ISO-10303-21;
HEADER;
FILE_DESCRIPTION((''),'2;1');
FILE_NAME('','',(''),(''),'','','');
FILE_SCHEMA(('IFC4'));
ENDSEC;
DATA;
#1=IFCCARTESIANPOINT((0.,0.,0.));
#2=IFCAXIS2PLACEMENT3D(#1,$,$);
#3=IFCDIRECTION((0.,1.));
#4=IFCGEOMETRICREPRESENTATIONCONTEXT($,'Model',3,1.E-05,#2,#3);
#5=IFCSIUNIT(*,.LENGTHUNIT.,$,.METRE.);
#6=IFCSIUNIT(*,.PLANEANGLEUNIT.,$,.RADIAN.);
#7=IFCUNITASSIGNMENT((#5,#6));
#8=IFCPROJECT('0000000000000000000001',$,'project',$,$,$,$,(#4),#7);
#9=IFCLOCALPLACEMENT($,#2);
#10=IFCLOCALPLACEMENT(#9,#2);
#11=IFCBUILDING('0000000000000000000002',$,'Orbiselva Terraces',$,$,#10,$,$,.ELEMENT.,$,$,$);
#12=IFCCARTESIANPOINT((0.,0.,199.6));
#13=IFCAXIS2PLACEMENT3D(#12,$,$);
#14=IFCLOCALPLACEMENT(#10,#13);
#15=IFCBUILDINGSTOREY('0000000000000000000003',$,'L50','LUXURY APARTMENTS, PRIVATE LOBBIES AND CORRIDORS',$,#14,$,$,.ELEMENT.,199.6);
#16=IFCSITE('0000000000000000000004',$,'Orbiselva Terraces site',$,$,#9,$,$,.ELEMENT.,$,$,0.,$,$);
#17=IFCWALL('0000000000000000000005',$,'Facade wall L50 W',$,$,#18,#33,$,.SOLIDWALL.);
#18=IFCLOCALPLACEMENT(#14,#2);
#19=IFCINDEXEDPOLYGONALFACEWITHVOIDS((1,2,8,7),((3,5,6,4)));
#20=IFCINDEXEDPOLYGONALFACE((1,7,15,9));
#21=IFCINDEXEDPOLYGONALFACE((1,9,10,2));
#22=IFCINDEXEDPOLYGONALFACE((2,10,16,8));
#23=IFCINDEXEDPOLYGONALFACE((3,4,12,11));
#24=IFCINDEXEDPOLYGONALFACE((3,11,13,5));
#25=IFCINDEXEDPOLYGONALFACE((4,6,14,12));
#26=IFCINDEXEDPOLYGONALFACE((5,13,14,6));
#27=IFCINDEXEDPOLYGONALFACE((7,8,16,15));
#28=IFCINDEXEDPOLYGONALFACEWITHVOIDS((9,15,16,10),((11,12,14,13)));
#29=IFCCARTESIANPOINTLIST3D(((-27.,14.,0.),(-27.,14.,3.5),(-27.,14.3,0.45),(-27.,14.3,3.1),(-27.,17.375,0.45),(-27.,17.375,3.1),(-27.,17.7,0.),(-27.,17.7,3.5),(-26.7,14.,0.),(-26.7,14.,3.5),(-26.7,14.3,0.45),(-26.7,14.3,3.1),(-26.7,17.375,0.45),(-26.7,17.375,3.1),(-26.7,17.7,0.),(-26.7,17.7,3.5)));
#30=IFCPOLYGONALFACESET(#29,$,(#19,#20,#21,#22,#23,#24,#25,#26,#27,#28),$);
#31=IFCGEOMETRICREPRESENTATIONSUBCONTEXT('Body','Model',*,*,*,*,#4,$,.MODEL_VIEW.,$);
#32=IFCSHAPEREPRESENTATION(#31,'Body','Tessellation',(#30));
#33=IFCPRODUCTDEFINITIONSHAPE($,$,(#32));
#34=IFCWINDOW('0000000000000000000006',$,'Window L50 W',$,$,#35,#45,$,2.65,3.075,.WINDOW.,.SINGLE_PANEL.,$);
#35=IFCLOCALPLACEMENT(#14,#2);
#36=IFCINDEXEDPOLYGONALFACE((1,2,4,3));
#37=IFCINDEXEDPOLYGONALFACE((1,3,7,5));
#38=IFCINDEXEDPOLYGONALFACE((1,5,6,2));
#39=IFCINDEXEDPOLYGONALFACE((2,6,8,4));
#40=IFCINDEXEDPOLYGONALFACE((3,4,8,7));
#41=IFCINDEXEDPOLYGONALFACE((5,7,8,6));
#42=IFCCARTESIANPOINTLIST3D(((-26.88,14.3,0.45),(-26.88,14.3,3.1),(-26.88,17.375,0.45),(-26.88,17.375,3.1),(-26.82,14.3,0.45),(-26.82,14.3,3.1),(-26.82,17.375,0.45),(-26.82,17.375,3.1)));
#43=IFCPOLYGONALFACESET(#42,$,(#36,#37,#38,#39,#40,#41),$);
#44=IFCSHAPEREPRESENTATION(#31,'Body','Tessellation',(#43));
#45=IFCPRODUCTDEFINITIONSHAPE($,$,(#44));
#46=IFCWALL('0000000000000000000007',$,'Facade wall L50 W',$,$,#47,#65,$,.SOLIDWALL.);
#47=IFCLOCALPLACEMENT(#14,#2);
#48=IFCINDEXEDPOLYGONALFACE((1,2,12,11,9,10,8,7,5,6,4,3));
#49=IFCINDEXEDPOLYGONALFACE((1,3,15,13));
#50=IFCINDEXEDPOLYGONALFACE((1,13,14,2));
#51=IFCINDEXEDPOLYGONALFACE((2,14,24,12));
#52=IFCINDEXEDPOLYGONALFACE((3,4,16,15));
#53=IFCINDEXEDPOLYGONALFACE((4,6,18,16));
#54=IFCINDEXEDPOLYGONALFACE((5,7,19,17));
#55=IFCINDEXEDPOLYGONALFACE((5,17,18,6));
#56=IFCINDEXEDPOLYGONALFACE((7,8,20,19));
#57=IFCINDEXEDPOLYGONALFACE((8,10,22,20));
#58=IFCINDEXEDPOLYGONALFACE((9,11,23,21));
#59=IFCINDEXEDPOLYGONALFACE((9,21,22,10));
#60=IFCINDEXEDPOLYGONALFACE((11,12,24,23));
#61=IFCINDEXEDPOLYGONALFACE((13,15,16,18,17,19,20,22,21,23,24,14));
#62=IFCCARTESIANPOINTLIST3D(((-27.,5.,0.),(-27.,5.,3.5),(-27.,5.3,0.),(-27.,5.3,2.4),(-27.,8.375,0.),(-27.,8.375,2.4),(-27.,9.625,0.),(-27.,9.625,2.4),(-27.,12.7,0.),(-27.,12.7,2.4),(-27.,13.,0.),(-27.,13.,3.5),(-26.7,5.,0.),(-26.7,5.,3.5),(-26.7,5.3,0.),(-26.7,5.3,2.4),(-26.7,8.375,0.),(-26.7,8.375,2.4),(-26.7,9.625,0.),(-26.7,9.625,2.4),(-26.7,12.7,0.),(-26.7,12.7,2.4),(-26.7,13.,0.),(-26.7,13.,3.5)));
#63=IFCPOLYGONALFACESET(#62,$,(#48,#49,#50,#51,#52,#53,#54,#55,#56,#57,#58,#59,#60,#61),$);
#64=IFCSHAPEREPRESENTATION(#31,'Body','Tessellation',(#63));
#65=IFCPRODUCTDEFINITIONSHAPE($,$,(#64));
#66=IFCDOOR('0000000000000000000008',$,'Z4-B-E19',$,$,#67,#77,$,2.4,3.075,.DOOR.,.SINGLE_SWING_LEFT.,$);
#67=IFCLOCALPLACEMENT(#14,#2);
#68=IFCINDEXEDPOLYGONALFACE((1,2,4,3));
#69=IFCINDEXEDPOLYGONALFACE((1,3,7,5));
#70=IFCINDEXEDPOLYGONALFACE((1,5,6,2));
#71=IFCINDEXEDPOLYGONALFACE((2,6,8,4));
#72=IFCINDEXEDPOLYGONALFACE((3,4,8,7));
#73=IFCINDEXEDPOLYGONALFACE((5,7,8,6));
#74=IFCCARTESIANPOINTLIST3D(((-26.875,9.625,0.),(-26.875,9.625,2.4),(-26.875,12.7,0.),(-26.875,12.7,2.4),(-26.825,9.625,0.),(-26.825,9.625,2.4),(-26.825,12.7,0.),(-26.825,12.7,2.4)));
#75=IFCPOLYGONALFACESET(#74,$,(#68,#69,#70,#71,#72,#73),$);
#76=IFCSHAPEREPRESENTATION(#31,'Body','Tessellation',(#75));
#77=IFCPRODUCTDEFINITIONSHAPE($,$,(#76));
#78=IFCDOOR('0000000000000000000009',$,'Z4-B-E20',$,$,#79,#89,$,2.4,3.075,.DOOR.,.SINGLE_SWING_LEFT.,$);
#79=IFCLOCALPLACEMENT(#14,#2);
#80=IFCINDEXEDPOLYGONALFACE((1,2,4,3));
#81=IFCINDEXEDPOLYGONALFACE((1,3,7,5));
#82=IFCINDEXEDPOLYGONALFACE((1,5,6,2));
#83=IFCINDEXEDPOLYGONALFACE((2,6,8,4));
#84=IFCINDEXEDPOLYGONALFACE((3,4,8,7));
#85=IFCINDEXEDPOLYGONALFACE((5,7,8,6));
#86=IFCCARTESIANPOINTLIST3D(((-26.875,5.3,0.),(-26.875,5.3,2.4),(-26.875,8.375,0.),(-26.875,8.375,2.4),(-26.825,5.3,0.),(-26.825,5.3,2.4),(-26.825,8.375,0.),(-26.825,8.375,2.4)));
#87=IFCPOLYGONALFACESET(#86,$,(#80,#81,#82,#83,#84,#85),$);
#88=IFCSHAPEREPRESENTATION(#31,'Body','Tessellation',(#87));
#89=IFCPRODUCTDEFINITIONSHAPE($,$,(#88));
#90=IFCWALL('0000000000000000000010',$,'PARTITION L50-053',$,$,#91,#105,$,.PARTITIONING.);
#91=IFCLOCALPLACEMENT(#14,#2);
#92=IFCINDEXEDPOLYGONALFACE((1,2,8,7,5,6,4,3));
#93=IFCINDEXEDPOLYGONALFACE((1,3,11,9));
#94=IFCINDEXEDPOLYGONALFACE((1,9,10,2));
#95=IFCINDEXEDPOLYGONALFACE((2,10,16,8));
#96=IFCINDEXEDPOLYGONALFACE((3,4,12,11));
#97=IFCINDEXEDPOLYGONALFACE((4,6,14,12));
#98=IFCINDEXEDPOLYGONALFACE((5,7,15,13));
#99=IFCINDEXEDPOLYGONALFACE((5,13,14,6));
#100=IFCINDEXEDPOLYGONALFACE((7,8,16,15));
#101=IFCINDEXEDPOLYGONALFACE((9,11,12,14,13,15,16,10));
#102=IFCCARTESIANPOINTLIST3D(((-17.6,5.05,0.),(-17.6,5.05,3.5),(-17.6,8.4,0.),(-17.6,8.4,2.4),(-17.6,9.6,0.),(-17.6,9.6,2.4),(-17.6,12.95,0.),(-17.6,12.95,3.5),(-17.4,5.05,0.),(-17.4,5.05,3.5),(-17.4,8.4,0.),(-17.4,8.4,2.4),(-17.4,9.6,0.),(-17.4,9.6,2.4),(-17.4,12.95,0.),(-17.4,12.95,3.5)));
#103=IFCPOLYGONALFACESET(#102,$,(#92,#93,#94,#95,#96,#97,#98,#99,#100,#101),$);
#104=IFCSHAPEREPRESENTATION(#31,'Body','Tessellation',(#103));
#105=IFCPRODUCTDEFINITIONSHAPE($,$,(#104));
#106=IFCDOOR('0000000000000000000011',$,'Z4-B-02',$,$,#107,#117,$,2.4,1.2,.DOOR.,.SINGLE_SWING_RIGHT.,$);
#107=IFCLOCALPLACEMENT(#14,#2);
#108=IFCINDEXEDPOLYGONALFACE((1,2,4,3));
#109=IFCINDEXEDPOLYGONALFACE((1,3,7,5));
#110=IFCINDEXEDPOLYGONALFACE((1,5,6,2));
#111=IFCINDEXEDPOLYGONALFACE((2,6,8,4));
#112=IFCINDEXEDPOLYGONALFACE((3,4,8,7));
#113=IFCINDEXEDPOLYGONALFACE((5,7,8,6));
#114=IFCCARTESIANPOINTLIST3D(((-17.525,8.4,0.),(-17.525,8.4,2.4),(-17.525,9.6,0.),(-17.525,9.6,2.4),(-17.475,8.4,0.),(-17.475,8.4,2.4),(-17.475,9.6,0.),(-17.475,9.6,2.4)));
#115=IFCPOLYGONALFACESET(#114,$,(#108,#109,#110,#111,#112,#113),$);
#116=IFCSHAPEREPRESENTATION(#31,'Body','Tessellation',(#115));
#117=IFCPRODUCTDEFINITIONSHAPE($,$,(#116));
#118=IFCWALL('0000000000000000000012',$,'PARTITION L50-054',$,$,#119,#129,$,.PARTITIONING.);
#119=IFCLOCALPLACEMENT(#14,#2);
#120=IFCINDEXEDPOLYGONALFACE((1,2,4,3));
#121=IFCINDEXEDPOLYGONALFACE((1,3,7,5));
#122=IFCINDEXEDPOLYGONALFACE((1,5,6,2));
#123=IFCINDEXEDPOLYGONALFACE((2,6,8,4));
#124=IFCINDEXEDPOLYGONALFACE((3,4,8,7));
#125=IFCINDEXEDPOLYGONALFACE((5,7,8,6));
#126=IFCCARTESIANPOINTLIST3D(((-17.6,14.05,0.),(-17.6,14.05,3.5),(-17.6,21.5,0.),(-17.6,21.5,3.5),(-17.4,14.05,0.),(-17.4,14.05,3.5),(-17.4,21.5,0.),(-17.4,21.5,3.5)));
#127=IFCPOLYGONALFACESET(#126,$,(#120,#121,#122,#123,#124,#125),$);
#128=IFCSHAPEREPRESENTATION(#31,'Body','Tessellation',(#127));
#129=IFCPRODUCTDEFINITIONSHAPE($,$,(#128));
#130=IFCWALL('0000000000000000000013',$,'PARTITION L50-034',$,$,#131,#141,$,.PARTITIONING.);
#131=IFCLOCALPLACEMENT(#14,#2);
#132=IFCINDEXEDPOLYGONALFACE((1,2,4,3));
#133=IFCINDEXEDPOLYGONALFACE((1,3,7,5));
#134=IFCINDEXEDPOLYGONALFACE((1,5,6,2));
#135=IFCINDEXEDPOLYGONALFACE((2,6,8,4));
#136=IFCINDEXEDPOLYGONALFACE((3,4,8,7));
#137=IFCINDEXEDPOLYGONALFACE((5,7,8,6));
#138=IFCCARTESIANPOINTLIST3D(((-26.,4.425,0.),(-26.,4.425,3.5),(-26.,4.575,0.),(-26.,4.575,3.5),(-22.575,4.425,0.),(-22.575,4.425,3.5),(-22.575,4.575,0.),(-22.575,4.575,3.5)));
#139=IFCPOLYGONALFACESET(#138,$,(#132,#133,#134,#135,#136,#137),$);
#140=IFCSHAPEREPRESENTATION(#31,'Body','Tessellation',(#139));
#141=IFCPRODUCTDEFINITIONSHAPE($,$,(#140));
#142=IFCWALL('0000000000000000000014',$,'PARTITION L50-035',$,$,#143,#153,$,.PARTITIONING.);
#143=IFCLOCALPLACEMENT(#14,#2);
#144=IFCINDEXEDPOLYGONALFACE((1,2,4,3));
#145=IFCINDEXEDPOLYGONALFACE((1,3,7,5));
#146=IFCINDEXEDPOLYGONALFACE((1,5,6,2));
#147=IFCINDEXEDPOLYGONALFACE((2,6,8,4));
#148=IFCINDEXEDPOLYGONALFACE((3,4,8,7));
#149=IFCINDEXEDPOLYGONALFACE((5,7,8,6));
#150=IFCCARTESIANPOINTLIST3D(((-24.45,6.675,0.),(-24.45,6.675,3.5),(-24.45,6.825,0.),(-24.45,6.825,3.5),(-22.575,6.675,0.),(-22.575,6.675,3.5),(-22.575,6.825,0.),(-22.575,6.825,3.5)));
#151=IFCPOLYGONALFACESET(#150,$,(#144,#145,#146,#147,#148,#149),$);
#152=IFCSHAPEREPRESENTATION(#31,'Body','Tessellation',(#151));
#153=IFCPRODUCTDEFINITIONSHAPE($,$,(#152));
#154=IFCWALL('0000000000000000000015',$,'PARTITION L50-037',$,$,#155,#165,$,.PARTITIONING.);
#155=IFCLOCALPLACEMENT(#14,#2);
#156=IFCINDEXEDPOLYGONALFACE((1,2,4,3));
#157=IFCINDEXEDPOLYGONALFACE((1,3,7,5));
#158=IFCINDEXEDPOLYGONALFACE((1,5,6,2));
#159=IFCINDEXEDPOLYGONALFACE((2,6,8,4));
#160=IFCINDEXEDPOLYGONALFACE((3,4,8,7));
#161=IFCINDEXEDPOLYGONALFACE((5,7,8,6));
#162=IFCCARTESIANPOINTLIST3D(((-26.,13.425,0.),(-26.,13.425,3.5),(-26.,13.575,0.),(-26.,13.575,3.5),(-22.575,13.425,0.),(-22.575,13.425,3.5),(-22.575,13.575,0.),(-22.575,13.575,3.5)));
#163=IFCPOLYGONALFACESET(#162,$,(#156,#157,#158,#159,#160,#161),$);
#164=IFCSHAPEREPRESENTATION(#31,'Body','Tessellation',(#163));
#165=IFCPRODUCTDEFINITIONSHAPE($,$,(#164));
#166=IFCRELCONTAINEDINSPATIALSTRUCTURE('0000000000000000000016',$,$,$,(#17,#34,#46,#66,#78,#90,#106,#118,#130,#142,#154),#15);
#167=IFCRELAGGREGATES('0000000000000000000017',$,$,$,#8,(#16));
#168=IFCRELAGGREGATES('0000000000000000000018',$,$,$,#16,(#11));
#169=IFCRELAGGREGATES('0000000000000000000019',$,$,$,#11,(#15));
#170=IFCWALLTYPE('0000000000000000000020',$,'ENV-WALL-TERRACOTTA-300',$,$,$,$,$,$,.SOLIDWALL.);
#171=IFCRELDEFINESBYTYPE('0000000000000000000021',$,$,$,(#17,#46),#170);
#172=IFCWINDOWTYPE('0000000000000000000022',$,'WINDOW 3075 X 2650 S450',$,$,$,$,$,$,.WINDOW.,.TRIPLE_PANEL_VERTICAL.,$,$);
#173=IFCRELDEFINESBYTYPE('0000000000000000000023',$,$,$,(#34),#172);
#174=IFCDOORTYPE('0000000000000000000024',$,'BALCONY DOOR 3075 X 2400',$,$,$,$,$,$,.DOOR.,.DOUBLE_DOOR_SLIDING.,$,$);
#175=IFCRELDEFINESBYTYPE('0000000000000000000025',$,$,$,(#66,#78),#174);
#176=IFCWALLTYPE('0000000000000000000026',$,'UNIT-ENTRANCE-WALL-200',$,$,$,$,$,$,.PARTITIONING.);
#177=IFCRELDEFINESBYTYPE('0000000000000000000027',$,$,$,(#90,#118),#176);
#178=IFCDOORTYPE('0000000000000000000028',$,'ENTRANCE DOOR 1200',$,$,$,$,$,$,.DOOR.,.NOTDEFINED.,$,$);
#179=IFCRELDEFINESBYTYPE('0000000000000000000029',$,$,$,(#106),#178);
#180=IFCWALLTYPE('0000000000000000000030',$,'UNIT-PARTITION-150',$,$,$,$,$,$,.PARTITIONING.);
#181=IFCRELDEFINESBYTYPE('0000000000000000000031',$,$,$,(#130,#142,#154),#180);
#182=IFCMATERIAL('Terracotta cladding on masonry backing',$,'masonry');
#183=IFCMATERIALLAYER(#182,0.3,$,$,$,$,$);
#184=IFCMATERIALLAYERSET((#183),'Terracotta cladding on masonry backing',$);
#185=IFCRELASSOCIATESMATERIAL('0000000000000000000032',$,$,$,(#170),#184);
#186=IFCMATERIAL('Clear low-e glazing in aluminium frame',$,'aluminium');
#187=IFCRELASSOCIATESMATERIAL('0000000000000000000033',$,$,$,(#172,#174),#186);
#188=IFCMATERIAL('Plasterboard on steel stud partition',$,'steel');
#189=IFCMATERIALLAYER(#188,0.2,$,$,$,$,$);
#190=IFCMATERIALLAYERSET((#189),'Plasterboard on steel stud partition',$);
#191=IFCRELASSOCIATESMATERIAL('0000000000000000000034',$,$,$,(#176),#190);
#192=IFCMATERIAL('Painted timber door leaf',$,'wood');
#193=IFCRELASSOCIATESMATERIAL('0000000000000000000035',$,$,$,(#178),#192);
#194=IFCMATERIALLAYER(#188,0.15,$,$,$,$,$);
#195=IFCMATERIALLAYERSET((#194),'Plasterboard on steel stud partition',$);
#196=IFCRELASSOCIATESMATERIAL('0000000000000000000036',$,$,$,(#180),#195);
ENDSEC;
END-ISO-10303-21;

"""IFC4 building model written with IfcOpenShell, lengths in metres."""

from ifc_helpers import new_model, si_unit, direction, frame, frame_2d, origin, place, context, subcontext, project, spatial, rectangle, extrude, material, layer, layer_set, type_object, element, fill, save


model = new_model("IFC4")

# Units and contexts
model_context = context("Model", 3, precision=1e-05, world=origin(), true_north=direction((0.0, 1.0)))
body_context = subcontext(model_context, "Body", "Model", "MODEL_VIEW")
ifc_project = project(units=[si_unit("LENGTHUNIT", "METRE"), si_unit("PLANEANGLEUNIT", "RADIAN")], contexts=[model_context])

# Site, building, storey
site_placement = place(None, origin())
site = spatial("IfcSite", under=ifc_project, at=site_placement, Name="Orbiselva Terraces site", CompositionType="ELEMENT", RefElevation=0.0)
building_placement = place(site_placement, origin())
building = spatial("IfcBuilding", under=site, at=building_placement, Name="Orbiselva Terraces", CompositionType="ELEMENT")
storey_placement = place(building_placement, frame((0.0, 0.0, 199.6)))
storey = spatial("IfcBuildingStorey", under=building, at=storey_placement, Name="L50", Description="LUXURY APARTMENTS, PRIVATE LOBBIES AND CORRIDORS", CompositionType="ELEMENT", Elevation=199.6)

# Wall, opening, window
ifc_material_1 = material(Name="Terracotta cladding on masonry backing", Category="masonry")
ifc_layer_1 = layer(ifc_material_1, 0.3)
ifc_layer_set_1 = layer_set([ifc_layer_1], Name="Terracotta cladding on masonry backing")
wall_type_1 = type_object("IfcWallType", Name="ENV-WALL-TERRACOTTA-300", PredefinedType="SOLIDWALL", material=ifc_layer_set_1)
wall_1_placement = place(storey_placement, frame((-26.85, 14.0, 0.0), z_axis=(0.0, 0.0, 1.0), x_axis=(0.0, 1.0, 0.0)))
wall_1 = element("IfcWall", 1, at=wall_1_placement, inside=storey, type_object=wall_type_1, Name="Facade wall L50 W", PredefinedType="SOLIDWALL", context=body_context, shape_type="SweptSolid", body=[
    extrude(rectangle(XDim=3.7, YDim=0.3, at=frame_2d((1.85, 0.0))), origin(), (0.0, 0.0, 1.0), 3.5),
])
opening_1_placement = place(wall_1_placement, frame((0.3, 0.0, 0.45)))
opening_1 = element("IfcOpeningElement", 2, at=opening_1_placement, cuts=wall_1, PredefinedType="OPENING", context=body_context, shape_type="SweptSolid", body=[
    extrude(rectangle(XDim=3.075, YDim=2.65, at=frame_2d((1.5375, 1.325))), frame((0.0, 0.16, 0.0), z_axis=(0.0, -1.0, 0.0), x_axis=(1.0, 0.0, 0.0)), (0.0, 0.0, 1.0), 0.32),
])
ifc_material_2 = material(Name="Clear low-e glazing in aluminium frame", Category="aluminium")
window_type = type_object("IfcWindowType", Name="WINDOW 3075 X 2650 S450", PartitioningType="TRIPLE_PANEL_VERTICAL", PredefinedType="WINDOW", material=ifc_material_2)
window_placement = place(opening_1_placement, origin())
window = element("IfcWindow", 3, at=window_placement, inside=storey, type_object=window_type, Name="Window L50 W", OverallHeight=2.65, OverallWidth=3.075, PartitioningType="SINGLE_PANEL", PredefinedType="WINDOW", context=body_context, shape_type="SweptSolid", body=[
    extrude(rectangle(XDim=3.075, YDim=2.65, at=frame_2d((1.5375, 1.325))), frame((0.0, 0.03, 0.0), z_axis=(0.0, -1.0, 0.0), x_axis=(1.0, 0.0, 0.0)), (0.0, 0.0, 1.0), 0.06),
])
fill(opening_1, window)

# Wall, openings, doors
wall_2_placement = place(storey_placement, frame((-26.85, 5.0, 0.0), z_axis=(0.0, 0.0, 1.0), x_axis=(0.0, 1.0, 0.0)))
wall_2 = element("IfcWall", 4, at=wall_2_placement, inside=storey, type_object=wall_type_1, Name="Facade wall L50 W", PredefinedType="SOLIDWALL", context=body_context, shape_type="SweptSolid", body=[
    extrude(rectangle(XDim=8.0, YDim=0.3, at=frame_2d((4.0, 0.0))), origin(), (0.0, 0.0, 1.0), 3.5),
])
opening_2_placement = place(wall_2_placement, frame((4.625, 0.0, 0.0)))
opening_2 = element("IfcOpeningElement", 5, at=opening_2_placement, cuts=wall_2, PredefinedType="OPENING", context=body_context, shape_type="SweptSolid", body=[
    extrude(rectangle(XDim=3.075, YDim=2.4, at=frame_2d((1.5375, 1.2))), frame((0.0, 0.16, 0.0), z_axis=(0.0, -1.0, 0.0), x_axis=(1.0, 0.0, 0.0)), (0.0, 0.0, 1.0), 0.32),
])
opening_3_placement = place(wall_2_placement, frame((0.3, 0.0, 0.0)))
opening_3 = element("IfcOpeningElement", 6, at=opening_3_placement, cuts=wall_2, PredefinedType="OPENING", context=body_context, shape_type="SweptSolid", body=[
    extrude(rectangle(XDim=3.075, YDim=2.4, at=frame_2d((1.5375, 1.2))), frame((0.0, 0.16, 0.0), z_axis=(0.0, -1.0, 0.0), x_axis=(1.0, 0.0, 0.0)), (0.0, 0.0, 1.0), 0.32),
])
door_type_1 = type_object("IfcDoorType", Name="BALCONY DOOR 3075 X 2400", OperationType="DOUBLE_DOOR_SLIDING", PredefinedType="DOOR", material=ifc_material_2)
door_1_placement = place(opening_2_placement, origin())
door_1 = element("IfcDoor", 7, at=door_1_placement, inside=storey, type_object=door_type_1, Name="Z4-B-E19", OperationType="SINGLE_SWING_LEFT", OverallHeight=2.4, OverallWidth=3.075, PredefinedType="DOOR", context=body_context, shape_type="SweptSolid", body=[
    extrude(rectangle(XDim=3.075, YDim=2.4, at=frame_2d((1.5375, 1.2))), frame((0.0, 0.025, 0.0), z_axis=(0.0, -1.0, 0.0), x_axis=(1.0, 0.0, 0.0)), (0.0, 0.0, 1.0), 0.05),
])
fill(opening_2, door_1)
door_2_placement = place(opening_3_placement, origin())
door_2 = element("IfcDoor", 8, at=door_2_placement, inside=storey, type_object=door_type_1, Name="Z4-B-E20", OperationType="SINGLE_SWING_LEFT", OverallHeight=2.4, OverallWidth=3.075, PredefinedType="DOOR", context=body_context, shape_type="SweptSolid", body=[
    extrude(rectangle(XDim=3.075, YDim=2.4, at=frame_2d((1.5375, 1.2))), frame((0.0, 0.025, 0.0), z_axis=(0.0, -1.0, 0.0), x_axis=(1.0, 0.0, 0.0)), (0.0, 0.0, 1.0), 0.05),
])
fill(opening_3, door_2)

# Wall, opening, door
ifc_material_3 = material(Name="Plasterboard on steel stud partition", Category="steel")
ifc_layer_2 = layer(ifc_material_3, 0.2)
ifc_layer_set_2 = layer_set([ifc_layer_2], Name="Plasterboard on steel stud partition")
wall_type_2 = type_object("IfcWallType", Name="UNIT-ENTRANCE-WALL-200", PredefinedType="PARTITIONING", material=ifc_layer_set_2)
wall_3_placement = place(storey_placement, frame((-17.5, 5.05, 0.0), z_axis=(0.0, 0.0, 1.0), x_axis=(0.0, 1.0, 0.0)))
wall_3 = element("IfcWall", 9, at=wall_3_placement, inside=storey, type_object=wall_type_2, Name="PARTITION L50-053", PredefinedType="PARTITIONING", context=body_context, shape_type="SweptSolid", body=[
    extrude(rectangle(XDim=7.9, YDim=0.2, at=frame_2d((3.95, 0.0))), origin(), (0.0, 0.0, 1.0), 3.5),
])
opening_4_placement = place(wall_3_placement, frame((3.35, 0.0, 0.0)))
opening_4 = element("IfcOpeningElement", 10, at=opening_4_placement, cuts=wall_3, PredefinedType="OPENING", context=body_context, shape_type="SweptSolid", body=[
    extrude(rectangle(XDim=1.2, YDim=2.4, at=frame_2d((0.6, 1.2))), frame((0.0, 0.11, 0.0), z_axis=(0.0, -1.0, 0.0), x_axis=(1.0, 0.0, 0.0)), (0.0, 0.0, 1.0), 0.22),
])
ifc_material_4 = material(Name="Painted timber door leaf", Category="wood")
door_type_2 = type_object("IfcDoorType", Name="ENTRANCE DOOR 1200", OperationType="NOTDEFINED", PredefinedType="DOOR", material=ifc_material_4)
door_3_placement = place(opening_4_placement, origin())
door_3 = element("IfcDoor", 11, at=door_3_placement, inside=storey, type_object=door_type_2, Name="Z4-B-02", OperationType="SINGLE_SWING_RIGHT", OverallHeight=2.4, OverallWidth=1.2, PredefinedType="DOOR", context=body_context, shape_type="SweptSolid", body=[
    extrude(rectangle(XDim=1.2, YDim=2.4, at=frame_2d((0.6, 1.2))), frame((0.0, 0.025, 0.0), z_axis=(0.0, -1.0, 0.0), x_axis=(1.0, 0.0, 0.0)), (0.0, 0.0, 1.0), 0.05),
])
fill(opening_4, door_3)

# Walls
wall_4_placement = place(storey_placement, frame((-17.5, 14.05, 0.0), z_axis=(0.0, 0.0, 1.0), x_axis=(0.0, 1.0, 0.0)))
element("IfcWall", 12, at=wall_4_placement, inside=storey, type_object=wall_type_2, Name="PARTITION L50-054", PredefinedType="PARTITIONING", context=body_context, shape_type="SweptSolid", body=[
    extrude(rectangle(XDim=7.45, YDim=0.2, at=frame_2d((3.725, 0.0))), origin(), (0.0, 0.0, 1.0), 3.5),
])
ifc_layer_3 = layer(ifc_material_3, 0.15)
ifc_layer_set_3 = layer_set([ifc_layer_3], Name="Plasterboard on steel stud partition")
wall_type_3 = type_object("IfcWallType", Name="UNIT-PARTITION-150", PredefinedType="PARTITIONING", material=ifc_layer_set_3)
wall_5_placement = place(storey_placement, frame((-26.0, 4.5, 0.0), z_axis=(0.0, 0.0, 1.0), x_axis=(1.0, 0.0, 0.0)))
element("IfcWall", 13, at=wall_5_placement, inside=storey, type_object=wall_type_3, Name="PARTITION L50-034", PredefinedType="PARTITIONING", context=body_context, shape_type="SweptSolid", body=[
    extrude(rectangle(XDim=3.425, YDim=0.15, at=frame_2d((1.7125, 0.0))), origin(), (0.0, 0.0, 1.0), 3.5),
])
wall_6_placement = place(storey_placement, frame((-24.45, 6.75, 0.0), z_axis=(0.0, 0.0, 1.0), x_axis=(1.0, 0.0, 0.0)))
element("IfcWall", 14, at=wall_6_placement, inside=storey, type_object=wall_type_3, Name="PARTITION L50-035", PredefinedType="PARTITIONING", context=body_context, shape_type="SweptSolid", body=[
    extrude(rectangle(XDim=1.875, YDim=0.15, at=frame_2d((0.9375, 0.0))), origin(), (0.0, 0.0, 1.0), 3.5),
])
wall_7_placement = place(storey_placement, frame((-26.0, 13.5, 0.0), z_axis=(0.0, 0.0, 1.0), x_axis=(1.0, 0.0, 0.0)))
element("IfcWall", 15, at=wall_7_placement, inside=storey, type_object=wall_type_3, Name="PARTITION L50-037", PredefinedType="PARTITIONING", context=body_context, shape_type="SweptSolid", body=[
    extrude(rectangle(XDim=3.425, YDim=0.15, at=frame_2d((1.7125, 0.0))), origin(), (0.0, 0.0, 1.0), 3.5),
])

save(model, "model.ifc")
